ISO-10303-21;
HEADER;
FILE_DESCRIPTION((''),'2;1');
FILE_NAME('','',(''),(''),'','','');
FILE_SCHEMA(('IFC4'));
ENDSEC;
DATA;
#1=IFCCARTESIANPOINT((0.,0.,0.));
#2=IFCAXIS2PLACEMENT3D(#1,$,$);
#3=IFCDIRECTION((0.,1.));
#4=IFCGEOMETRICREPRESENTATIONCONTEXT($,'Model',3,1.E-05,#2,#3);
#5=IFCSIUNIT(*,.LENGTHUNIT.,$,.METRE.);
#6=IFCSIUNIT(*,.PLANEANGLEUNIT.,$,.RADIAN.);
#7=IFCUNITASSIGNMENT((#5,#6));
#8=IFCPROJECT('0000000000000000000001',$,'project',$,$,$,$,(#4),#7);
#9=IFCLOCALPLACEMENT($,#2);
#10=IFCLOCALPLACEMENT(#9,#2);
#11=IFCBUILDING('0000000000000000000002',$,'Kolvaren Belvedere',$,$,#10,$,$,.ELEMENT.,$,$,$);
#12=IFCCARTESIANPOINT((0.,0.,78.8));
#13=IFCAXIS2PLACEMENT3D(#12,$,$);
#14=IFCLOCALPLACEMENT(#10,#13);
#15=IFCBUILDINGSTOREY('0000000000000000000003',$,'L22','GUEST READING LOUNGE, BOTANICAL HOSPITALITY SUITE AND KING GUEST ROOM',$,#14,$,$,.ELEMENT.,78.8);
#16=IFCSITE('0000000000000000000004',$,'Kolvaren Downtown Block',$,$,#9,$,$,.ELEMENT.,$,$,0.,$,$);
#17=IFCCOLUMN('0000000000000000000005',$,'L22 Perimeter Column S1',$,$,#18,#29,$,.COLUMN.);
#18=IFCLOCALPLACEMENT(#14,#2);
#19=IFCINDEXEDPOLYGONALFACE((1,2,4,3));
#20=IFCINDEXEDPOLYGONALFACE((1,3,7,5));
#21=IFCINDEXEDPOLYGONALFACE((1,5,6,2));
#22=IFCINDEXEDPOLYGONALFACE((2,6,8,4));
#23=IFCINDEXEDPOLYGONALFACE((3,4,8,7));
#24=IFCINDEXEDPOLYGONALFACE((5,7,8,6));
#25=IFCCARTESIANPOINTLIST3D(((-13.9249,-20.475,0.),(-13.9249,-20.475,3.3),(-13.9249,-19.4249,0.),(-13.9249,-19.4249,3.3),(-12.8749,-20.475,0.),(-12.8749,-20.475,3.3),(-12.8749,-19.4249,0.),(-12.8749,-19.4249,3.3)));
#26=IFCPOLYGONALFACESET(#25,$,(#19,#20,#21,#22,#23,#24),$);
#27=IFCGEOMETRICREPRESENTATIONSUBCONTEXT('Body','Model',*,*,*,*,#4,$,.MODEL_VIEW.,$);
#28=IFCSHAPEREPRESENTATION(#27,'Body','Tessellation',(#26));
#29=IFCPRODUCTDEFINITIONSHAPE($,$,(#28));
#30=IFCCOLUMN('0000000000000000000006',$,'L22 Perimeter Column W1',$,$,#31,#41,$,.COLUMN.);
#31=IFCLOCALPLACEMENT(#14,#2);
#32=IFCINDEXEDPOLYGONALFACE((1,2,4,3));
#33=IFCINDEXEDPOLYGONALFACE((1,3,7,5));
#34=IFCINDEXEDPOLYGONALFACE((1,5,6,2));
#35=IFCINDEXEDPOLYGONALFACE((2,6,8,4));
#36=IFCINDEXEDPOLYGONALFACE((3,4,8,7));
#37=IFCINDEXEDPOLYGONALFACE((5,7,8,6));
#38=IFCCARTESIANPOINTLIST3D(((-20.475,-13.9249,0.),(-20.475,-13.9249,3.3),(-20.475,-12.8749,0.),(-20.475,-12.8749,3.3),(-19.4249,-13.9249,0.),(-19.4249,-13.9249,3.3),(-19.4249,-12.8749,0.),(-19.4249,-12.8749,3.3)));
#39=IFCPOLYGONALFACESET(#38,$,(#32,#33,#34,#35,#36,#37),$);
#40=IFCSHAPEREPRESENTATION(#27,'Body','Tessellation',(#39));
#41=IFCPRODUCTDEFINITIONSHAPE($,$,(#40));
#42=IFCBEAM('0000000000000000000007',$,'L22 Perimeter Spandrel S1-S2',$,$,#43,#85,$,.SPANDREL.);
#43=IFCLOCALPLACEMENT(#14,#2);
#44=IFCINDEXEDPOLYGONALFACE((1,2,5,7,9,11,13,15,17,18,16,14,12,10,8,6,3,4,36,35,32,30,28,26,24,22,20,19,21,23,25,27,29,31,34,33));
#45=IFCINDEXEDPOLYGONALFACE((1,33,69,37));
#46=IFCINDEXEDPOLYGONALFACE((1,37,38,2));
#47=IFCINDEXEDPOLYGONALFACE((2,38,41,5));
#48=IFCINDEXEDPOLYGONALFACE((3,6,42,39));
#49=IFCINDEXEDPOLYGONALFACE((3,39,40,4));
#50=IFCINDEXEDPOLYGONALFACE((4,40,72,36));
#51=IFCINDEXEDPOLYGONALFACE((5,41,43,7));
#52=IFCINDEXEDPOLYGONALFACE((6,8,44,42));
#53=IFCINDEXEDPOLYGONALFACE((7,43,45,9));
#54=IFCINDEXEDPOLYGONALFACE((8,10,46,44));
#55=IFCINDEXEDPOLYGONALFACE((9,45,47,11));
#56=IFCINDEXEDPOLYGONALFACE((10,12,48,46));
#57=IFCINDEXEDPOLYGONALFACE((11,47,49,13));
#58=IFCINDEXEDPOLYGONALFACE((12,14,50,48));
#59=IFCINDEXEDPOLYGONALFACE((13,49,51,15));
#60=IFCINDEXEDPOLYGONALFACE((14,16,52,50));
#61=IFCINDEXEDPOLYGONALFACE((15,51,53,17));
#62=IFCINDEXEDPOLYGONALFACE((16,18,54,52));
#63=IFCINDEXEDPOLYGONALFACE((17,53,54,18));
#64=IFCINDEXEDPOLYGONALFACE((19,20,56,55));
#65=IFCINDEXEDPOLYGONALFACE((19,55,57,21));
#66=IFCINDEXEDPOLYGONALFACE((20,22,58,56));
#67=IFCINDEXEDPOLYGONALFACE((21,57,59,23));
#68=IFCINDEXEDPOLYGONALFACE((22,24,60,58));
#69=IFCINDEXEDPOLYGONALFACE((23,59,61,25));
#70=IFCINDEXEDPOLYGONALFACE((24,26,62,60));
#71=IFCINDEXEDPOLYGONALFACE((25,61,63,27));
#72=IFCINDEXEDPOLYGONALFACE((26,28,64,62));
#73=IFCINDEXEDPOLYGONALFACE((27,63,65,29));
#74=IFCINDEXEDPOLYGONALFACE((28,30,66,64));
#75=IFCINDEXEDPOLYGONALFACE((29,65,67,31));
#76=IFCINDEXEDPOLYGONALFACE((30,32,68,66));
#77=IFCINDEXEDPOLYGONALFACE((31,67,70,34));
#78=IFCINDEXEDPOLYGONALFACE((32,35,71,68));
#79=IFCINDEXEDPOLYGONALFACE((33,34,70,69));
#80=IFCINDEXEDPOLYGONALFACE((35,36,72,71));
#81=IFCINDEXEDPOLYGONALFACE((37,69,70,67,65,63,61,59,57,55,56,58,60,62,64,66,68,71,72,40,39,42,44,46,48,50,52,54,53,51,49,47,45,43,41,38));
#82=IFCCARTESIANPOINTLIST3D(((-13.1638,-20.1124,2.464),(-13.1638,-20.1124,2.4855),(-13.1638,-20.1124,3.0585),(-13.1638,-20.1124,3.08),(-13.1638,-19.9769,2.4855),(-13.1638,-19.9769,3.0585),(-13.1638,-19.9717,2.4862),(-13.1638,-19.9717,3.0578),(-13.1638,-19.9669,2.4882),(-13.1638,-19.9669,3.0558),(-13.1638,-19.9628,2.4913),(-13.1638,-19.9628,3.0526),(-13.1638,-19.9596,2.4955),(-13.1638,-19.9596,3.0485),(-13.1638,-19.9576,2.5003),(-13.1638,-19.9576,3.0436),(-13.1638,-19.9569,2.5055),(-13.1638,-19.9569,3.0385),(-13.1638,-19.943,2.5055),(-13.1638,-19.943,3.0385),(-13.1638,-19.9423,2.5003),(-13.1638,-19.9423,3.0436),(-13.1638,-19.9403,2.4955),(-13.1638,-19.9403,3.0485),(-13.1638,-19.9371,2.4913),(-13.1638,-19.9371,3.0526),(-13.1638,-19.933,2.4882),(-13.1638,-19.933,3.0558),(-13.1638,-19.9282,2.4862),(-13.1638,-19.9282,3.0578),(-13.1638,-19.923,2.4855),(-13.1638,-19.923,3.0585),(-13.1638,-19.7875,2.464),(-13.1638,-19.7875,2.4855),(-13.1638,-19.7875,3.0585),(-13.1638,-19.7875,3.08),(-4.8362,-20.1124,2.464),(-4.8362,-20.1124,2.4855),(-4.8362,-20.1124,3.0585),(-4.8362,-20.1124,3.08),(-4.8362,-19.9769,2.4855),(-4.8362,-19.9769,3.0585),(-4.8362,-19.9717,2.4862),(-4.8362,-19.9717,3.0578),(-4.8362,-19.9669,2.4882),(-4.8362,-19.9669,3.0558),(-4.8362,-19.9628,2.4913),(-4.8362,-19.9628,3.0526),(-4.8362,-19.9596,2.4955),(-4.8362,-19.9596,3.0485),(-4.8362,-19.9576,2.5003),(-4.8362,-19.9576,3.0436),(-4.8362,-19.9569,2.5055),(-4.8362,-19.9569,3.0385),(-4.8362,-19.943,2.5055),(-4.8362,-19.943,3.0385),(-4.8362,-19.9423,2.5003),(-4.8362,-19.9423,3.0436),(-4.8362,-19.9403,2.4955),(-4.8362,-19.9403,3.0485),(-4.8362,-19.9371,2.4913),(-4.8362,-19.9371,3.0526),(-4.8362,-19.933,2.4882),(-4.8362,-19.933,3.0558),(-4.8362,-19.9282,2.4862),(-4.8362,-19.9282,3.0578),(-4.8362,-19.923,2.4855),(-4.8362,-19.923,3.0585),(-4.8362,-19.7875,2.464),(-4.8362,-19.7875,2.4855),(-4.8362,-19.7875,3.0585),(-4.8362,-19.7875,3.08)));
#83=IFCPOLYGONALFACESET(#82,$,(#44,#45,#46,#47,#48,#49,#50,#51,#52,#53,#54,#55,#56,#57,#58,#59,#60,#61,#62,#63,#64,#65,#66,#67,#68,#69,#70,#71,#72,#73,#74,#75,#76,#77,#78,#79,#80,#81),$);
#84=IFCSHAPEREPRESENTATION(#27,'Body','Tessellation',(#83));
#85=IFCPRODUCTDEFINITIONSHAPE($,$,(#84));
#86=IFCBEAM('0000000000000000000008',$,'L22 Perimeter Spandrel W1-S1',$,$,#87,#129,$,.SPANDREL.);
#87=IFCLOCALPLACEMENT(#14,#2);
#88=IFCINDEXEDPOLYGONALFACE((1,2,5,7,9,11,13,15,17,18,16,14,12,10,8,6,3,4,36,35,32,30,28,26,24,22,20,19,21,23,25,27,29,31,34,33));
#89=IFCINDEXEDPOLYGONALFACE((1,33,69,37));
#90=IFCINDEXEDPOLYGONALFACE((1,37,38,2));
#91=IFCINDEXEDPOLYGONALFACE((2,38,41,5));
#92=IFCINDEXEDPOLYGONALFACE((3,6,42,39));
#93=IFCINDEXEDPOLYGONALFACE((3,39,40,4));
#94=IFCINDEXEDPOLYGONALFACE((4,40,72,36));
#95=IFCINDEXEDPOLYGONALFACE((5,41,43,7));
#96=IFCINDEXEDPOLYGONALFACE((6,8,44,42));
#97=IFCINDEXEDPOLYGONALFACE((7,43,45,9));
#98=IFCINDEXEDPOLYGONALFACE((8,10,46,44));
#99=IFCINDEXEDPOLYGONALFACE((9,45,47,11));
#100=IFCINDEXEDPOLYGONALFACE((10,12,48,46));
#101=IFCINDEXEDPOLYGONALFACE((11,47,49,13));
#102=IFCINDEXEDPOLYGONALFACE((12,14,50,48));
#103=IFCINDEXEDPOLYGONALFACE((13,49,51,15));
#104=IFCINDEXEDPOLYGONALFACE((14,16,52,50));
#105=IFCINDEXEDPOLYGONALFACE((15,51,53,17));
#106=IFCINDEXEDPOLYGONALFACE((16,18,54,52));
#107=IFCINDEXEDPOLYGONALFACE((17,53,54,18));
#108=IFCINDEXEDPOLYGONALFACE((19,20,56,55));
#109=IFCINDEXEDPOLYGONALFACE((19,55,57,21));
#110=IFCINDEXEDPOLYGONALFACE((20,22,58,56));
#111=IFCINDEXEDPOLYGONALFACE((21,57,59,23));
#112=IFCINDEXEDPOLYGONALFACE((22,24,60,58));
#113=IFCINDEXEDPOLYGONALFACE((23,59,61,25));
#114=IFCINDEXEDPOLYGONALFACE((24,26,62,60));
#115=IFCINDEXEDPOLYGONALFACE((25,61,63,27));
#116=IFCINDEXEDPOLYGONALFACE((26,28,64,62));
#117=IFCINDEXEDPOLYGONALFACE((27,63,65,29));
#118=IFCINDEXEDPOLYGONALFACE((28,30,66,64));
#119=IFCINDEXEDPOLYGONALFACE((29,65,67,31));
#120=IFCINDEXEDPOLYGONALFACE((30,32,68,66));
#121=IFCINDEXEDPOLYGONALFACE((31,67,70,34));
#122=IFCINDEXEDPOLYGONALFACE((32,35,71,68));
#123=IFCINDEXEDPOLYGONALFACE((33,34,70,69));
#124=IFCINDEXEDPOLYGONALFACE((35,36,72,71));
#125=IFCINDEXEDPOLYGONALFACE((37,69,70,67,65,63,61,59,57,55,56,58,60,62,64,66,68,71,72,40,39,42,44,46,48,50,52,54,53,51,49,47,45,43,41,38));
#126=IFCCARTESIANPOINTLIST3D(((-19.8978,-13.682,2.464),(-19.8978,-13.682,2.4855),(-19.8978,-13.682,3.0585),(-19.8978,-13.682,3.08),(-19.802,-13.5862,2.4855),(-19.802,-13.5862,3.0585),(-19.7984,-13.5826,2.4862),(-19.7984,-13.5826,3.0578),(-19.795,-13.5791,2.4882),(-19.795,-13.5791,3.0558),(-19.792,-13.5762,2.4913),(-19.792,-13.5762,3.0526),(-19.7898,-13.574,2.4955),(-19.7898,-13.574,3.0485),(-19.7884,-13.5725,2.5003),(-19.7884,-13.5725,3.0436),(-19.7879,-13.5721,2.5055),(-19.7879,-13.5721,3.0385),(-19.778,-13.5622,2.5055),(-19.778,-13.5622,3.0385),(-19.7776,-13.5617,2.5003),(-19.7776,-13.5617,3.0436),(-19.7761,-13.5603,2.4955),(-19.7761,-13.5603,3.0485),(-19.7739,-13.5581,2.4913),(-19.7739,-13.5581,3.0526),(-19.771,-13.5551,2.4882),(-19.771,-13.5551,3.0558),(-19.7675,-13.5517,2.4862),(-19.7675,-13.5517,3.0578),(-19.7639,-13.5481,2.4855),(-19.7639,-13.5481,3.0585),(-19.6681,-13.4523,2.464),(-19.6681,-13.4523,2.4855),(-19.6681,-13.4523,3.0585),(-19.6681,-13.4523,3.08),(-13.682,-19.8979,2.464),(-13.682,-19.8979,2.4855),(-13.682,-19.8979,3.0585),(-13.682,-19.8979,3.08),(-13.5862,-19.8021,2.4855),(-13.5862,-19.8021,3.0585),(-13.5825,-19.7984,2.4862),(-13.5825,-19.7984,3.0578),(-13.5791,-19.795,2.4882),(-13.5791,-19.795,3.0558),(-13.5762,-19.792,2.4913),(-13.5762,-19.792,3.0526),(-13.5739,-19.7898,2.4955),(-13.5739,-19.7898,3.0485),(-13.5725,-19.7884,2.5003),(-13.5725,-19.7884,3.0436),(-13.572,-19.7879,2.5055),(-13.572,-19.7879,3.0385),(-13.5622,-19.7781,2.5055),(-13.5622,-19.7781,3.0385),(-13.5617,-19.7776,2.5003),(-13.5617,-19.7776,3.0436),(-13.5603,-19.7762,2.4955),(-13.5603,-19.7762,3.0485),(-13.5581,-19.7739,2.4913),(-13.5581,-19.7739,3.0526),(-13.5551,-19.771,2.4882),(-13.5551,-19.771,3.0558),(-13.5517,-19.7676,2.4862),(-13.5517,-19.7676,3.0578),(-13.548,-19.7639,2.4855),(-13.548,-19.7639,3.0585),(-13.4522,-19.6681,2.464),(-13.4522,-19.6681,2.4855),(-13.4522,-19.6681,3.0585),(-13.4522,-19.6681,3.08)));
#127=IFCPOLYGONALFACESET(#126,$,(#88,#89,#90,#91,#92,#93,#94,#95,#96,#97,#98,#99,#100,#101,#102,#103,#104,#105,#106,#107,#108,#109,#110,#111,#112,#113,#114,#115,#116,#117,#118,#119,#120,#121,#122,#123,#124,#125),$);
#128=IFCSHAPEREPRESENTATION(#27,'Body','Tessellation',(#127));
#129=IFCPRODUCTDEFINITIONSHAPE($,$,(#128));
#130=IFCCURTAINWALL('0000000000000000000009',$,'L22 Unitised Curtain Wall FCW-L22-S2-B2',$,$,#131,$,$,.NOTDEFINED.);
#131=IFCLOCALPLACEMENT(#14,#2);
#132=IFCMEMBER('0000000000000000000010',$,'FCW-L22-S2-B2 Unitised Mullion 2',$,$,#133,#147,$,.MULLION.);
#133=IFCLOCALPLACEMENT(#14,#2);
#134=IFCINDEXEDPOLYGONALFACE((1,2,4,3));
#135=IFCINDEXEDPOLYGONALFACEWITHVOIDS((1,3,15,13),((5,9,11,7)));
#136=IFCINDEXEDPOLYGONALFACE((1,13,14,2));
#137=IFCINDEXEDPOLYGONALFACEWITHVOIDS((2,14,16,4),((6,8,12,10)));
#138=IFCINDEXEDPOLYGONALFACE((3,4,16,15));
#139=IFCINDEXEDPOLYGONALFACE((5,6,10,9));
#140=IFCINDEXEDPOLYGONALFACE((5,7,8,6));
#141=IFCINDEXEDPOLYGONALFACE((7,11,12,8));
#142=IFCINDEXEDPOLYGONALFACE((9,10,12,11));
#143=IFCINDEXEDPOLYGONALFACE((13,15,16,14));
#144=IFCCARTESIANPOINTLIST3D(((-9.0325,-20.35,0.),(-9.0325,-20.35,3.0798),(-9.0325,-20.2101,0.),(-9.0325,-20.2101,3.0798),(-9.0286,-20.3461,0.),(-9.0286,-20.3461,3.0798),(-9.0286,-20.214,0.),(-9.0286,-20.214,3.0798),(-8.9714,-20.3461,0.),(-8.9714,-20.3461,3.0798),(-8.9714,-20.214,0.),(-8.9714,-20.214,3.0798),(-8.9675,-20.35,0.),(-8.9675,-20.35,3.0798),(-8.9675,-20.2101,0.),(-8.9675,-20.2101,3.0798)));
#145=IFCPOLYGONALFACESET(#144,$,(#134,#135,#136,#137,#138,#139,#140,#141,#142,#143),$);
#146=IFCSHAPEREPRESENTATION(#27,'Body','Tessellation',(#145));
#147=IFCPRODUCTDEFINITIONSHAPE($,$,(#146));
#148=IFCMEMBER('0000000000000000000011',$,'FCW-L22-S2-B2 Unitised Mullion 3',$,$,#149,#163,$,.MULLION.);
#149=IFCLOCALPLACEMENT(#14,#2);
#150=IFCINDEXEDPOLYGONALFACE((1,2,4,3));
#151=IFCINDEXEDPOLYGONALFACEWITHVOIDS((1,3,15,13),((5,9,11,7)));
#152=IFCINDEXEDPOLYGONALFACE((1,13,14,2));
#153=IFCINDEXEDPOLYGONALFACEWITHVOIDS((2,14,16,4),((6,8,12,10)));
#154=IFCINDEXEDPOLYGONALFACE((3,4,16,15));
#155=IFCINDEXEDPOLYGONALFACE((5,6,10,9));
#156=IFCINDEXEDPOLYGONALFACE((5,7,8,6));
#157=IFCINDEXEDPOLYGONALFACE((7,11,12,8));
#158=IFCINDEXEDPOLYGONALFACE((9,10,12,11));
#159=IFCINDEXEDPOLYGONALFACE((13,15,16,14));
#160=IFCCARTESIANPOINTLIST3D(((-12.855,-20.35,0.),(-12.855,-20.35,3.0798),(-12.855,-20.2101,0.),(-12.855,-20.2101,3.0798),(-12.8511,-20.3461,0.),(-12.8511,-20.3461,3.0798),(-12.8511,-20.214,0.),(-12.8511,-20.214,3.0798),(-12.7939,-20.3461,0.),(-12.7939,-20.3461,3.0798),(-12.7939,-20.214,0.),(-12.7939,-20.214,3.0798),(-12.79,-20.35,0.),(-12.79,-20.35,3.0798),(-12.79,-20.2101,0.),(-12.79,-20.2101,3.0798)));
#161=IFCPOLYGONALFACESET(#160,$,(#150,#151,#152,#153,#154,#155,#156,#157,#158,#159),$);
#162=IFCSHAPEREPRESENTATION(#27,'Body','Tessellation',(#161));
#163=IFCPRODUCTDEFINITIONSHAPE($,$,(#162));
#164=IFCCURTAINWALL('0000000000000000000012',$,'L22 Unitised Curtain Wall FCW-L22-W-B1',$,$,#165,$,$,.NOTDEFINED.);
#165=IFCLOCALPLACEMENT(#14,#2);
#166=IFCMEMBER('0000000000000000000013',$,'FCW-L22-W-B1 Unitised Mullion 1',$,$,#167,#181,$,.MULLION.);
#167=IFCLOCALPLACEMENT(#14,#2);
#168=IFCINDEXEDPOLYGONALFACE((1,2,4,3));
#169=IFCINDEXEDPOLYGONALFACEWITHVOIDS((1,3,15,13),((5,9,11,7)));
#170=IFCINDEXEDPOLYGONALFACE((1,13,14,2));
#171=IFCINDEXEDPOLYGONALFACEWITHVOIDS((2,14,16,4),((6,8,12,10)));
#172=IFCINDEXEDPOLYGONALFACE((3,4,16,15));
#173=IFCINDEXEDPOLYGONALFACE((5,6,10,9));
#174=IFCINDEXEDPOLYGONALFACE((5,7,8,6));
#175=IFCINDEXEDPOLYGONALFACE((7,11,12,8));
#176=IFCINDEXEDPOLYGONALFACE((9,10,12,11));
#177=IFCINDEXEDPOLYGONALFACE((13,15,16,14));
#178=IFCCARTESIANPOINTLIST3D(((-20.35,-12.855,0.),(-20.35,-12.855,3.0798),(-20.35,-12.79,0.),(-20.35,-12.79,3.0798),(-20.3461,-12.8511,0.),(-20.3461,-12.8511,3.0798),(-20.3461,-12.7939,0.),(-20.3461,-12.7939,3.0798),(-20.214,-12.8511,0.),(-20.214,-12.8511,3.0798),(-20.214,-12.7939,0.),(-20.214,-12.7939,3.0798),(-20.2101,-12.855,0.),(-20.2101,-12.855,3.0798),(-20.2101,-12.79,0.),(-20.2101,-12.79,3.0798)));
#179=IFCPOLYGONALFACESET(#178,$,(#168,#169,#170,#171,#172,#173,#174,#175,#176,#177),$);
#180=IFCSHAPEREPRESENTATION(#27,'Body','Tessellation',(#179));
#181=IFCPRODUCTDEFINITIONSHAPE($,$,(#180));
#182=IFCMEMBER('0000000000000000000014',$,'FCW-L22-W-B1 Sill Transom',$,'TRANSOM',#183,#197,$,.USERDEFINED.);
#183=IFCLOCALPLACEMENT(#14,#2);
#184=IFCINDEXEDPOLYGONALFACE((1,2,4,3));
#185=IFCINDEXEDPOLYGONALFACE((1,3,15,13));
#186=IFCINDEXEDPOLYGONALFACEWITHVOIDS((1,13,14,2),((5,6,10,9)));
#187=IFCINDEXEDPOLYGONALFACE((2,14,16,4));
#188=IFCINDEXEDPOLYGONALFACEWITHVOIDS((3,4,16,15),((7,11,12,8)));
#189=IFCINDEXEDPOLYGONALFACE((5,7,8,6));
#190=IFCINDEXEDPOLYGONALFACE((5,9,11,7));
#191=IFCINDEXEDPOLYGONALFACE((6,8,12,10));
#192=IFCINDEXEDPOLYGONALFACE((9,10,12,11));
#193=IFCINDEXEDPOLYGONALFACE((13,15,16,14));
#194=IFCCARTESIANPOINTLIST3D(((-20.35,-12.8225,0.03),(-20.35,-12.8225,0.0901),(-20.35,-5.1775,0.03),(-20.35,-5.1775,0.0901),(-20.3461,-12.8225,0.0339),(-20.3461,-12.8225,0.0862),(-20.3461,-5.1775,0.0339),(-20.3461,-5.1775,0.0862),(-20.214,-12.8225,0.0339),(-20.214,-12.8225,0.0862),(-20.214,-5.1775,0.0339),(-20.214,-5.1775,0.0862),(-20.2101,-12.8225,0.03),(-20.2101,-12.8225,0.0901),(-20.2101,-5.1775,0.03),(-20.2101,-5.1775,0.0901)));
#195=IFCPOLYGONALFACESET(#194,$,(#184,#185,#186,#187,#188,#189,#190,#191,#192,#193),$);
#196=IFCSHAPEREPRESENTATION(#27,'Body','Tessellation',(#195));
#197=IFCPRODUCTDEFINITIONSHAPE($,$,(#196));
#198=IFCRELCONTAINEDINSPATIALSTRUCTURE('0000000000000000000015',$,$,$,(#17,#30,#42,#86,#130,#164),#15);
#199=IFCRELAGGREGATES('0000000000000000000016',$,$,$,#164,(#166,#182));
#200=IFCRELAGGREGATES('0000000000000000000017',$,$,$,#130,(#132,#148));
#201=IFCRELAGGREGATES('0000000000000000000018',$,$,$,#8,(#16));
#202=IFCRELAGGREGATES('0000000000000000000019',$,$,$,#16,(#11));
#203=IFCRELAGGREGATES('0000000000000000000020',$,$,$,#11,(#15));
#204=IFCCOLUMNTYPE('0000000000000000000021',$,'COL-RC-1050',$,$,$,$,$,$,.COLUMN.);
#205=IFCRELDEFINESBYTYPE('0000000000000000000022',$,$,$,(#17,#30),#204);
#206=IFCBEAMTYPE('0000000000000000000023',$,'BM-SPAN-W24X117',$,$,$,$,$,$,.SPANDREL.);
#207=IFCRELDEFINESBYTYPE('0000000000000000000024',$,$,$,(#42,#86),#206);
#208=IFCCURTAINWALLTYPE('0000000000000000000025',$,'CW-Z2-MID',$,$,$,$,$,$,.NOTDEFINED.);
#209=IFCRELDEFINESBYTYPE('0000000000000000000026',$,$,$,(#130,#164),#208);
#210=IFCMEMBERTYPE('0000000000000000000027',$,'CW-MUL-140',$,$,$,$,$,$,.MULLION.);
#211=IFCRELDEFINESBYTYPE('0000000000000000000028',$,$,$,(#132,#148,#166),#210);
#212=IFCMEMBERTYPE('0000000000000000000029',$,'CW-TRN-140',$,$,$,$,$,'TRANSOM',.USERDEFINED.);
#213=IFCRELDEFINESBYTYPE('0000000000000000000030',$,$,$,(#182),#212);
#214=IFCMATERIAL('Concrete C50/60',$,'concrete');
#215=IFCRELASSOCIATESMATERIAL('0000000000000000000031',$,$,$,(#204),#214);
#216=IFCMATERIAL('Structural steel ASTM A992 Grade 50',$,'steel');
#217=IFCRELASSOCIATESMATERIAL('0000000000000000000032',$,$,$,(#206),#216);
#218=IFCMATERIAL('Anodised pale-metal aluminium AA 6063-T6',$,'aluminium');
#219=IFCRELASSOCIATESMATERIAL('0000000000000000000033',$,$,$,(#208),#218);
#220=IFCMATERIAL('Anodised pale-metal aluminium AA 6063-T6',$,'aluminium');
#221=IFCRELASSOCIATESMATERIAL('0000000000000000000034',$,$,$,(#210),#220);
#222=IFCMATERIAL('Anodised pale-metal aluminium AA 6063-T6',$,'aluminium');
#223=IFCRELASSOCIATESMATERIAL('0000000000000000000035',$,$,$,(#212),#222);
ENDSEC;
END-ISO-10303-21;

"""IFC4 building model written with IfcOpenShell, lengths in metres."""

from ifc_helpers import new_model, si_unit, direction, frame, origin, origin_2d, place, context, subcontext, project, spatial, rectangle, hollow_rectangle, i_section, extrude, material, material_profile, profile_set, type_object, element, aggregate, save


model = new_model("IFC4")

# Units and contexts
model_context = context("Model", 3, precision=1e-05, world=origin(), true_north=direction((0.0, 1.0)))
body_context = subcontext(model_context, "Body", "Model", "MODEL_VIEW")
ifc_project = project(units=[si_unit("LENGTHUNIT", "METRE"), si_unit("PLANEANGLEUNIT", "RADIAN")], contexts=[model_context])

# Site, building, storey
site_placement = place(None, origin())
site = spatial("IfcSite", under=ifc_project, at=site_placement, Name="Kolvaren Downtown Block", CompositionType="ELEMENT", RefElevation=0.0)
building_placement = place(site_placement, origin())
building = spatial("IfcBuilding", under=site, at=building_placement, Name="Kolvaren Belvedere", CompositionType="ELEMENT")
storey_placement = place(building_placement, frame((0.0, 0.0, 78.8)))
storey = spatial("IfcBuildingStorey", under=building, at=storey_placement, Name="L22", Description="GUEST READING LOUNGE, BOTANICAL HOSPITALITY SUITE AND KING GUEST ROOM", CompositionType="ELEMENT", Elevation=78.8)

# Columns
ifc_material_1 = material(Name="Concrete C50/60", Category="concrete")
ifc_material_profile_1 = material_profile(ifc_material_1, rectangle(XDim=1.05, YDim=1.05, at=origin_2d()), Name="RC 1050X1050")
ifc_profile_set_1 = profile_set([ifc_material_profile_1], Name="Concrete C50/60")
column_type = type_object("IfcColumnType", Name="COL-RC-1050", PredefinedType="COLUMN", material=ifc_profile_set_1)
for number, where, z_axis, x_axis, name in (
    (1, (-13.3999, -19.95, 0.0), (0.0, 0.0, 1.0), (1.0, 0.0, 0.0), "L22 Perimeter Column S1"),
    (2, (-19.95, -13.3999, 0.0), (0.0, 0.0, 1.0), (1.0, 0.0, 0.0), "L22 Perimeter Column W1"),
):
    element("IfcColumn", number, at=place(storey_placement, frame(where, z_axis=z_axis, x_axis=x_axis)), inside=storey, type_object=column_type, Name=name, PredefinedType="COLUMN", context=body_context, shape_type="SweptSolid", body=[
        extrude(rectangle(XDim=1.05, YDim=1.05, at=origin_2d()), origin(), (0.0, 0.0, 1.0), 3.3),
    ])

# Beams
ifc_material_2 = material(Name="Structural steel ASTM A992 Grade 50", Category="steel")
ifc_material_profile_2 = material_profile(ifc_material_2, i_section(OverallWidth=0.325, OverallDepth=0.616, WebThickness=0.0139, FlangeThickness=0.0215, FilletRadius=0.02, at=origin_2d()), Name="W24X117")
ifc_profile_set_2 = profile_set([ifc_material_profile_2], Name="Structural steel ASTM A992 Grade 50")
beam_type = type_object("IfcBeamType", Name="BM-SPAN-W24X117", PredefinedType="SPANDREL", material=ifc_profile_set_2)
beam_1_placement = place(storey_placement, frame((-13.1638, -19.95, 2.772), z_axis=(1.0, 0.0, 0.0), x_axis=(0.0, 1.0, 0.0)))
element("IfcBeam", 3, at=beam_1_placement, inside=storey, type_object=beam_type, Name="L22 Perimeter Spandrel S1-S2", PredefinedType="SPANDREL", context=body_context, shape_type="SweptSolid", body=[
    extrude(i_section(OverallWidth=0.325, OverallDepth=0.616, WebThickness=0.0139, FlangeThickness=0.0215, FilletRadius=0.02, at=origin_2d()), origin(), (0.0, 0.0, 1.0), 8.3276),
])
beam_2_placement = place(storey_placement, frame((-19.783, -13.5671, 2.772), z_axis=(0.707107, -0.707107, 0.0), x_axis=(0.707107, 0.707107, 0.0)))
element("IfcBeam", 4, at=beam_2_placement, inside=storey, type_object=beam_type, Name="L22 Perimeter Spandrel W1-S1", PredefinedType="SPANDREL", context=body_context, shape_type="SweptSolid", body=[
    extrude(i_section(OverallWidth=0.325, OverallDepth=0.616, WebThickness=0.0139, FlangeThickness=0.0215, FilletRadius=0.02, at=origin_2d()), origin(), (0.0, 0.0, 1.0), 8.7905),
])

# Curtain walls, members
ifc_material_3 = material(Name="Anodised pale-metal aluminium AA 6063-T6", Category="aluminium")
curtain_wall_type = type_object("IfcCurtainWallType", Name="CW-Z2-MID", PredefinedType="NOTDEFINED", material=ifc_material_3)
curtain_wall_1_placement = place(storey_placement, origin())
curtain_wall_1 = element("IfcCurtainWall", 5, at=curtain_wall_1_placement, inside=storey, type_object=curtain_wall_type, Name="L22 Unitised Curtain Wall FCW-L22-S2-B2", PredefinedType="NOTDEFINED")
ifc_material_4 = material(Name="Anodised pale-metal aluminium AA 6063-T6", Category="aluminium")
ifc_material_profile_3 = material_profile(ifc_material_4, hollow_rectangle(XDim=0.0649, YDim=0.1399, WallThickness=0.0039, at=origin_2d()), Name="ALU-MUL-140X65")
ifc_profile_set_3 = profile_set([ifc_material_profile_3], Name="Anodised pale-metal aluminium AA 6063-T6")
member_type_1 = type_object("IfcMemberType", Name="CW-MUL-140", PredefinedType="MULLION", material=ifc_profile_set_3)
member_1_placement = place(storey_placement, frame((-9.0, -20.28, 0.0), z_axis=(0.0, 0.0, 1.0), x_axis=(1.0, 0.0, 0.0)))
member_1 = element("IfcMember", 6, at=member_1_placement, type_object=member_type_1, Name="FCW-L22-S2-B2 Unitised Mullion 2", PredefinedType="MULLION", context=body_context, shape_type="SweptSolid", body=[
    extrude(hollow_rectangle(XDim=0.0649, YDim=0.1399, WallThickness=0.0039, at=origin_2d()), origin(), (0.0, 0.0, 1.0), 3.0798),
])
member_2_placement = place(storey_placement, frame((-12.8225, -20.28, 0.0), z_axis=(0.0, 0.0, 1.0), x_axis=(1.0, 0.0, 0.0)))
member_2 = element("IfcMember", 7, at=member_2_placement, type_object=member_type_1, Name="FCW-L22-S2-B2 Unitised Mullion 3", PredefinedType="MULLION", context=body_context, shape_type="SweptSolid", body=[
    extrude(hollow_rectangle(XDim=0.0649, YDim=0.1399, WallThickness=0.0039, at=origin_2d()), origin(), (0.0, 0.0, 1.0), 3.0798),
])
curtain_wall_2_placement = place(storey_placement, origin())
curtain_wall_2 = element("IfcCurtainWall", 8, at=curtain_wall_2_placement, inside=storey, type_object=curtain_wall_type, Name="L22 Unitised Curtain Wall FCW-L22-W-B1", PredefinedType="NOTDEFINED")
member_3_placement = place(storey_placement, frame((-20.28, -12.8225, 0.0), z_axis=(0.0, 0.0, 1.0), x_axis=(0.0, 1.0, 0.0)))
member_3 = element("IfcMember", 9, at=member_3_placement, type_object=member_type_1, Name="FCW-L22-W-B1 Unitised Mullion 1", PredefinedType="MULLION", context=body_context, shape_type="SweptSolid", body=[
    extrude(hollow_rectangle(XDim=0.0649, YDim=0.1399, WallThickness=0.0039, at=origin_2d()), origin(), (0.0, 0.0, 1.0), 3.0798),
])
ifc_material_5 = material(Name="Anodised pale-metal aluminium AA 6063-T6", Category="aluminium")
ifc_material_profile_4 = material_profile(ifc_material_5, hollow_rectangle(XDim=0.0601, YDim=0.1399, WallThickness=0.0039, at=origin_2d()), Name="ALU-TRN-140X60")
ifc_profile_set_4 = profile_set([ifc_material_profile_4], Name="Anodised pale-metal aluminium AA 6063-T6")
member_type_2 = type_object("IfcMemberType", Name="CW-TRN-140", ElementType="TRANSOM", PredefinedType="USERDEFINED", material=ifc_profile_set_4)
member_4_placement = place(storey_placement, frame((-20.28, -12.8225, 0.0601), z_axis=(0.0, 1.0, 0.0), x_axis=(0.0, 0.0, 1.0)))
member_4 = element("IfcMember", 10, at=member_4_placement, type_object=member_type_2, Name="FCW-L22-W-B1 Sill Transom", ObjectType="TRANSOM", PredefinedType="USERDEFINED", context=body_context, shape_type="SweptSolid", body=[
    extrude(hollow_rectangle(XDim=0.0601, YDim=0.1399, WallThickness=0.0039, at=origin_2d()), origin(), (0.0, 0.0, 1.0), 7.645),
])
aggregate(curtain_wall_2, [member_3, member_4])

aggregate(curtain_wall_1, [member_1, member_2])

save(model, "model.ifc")
